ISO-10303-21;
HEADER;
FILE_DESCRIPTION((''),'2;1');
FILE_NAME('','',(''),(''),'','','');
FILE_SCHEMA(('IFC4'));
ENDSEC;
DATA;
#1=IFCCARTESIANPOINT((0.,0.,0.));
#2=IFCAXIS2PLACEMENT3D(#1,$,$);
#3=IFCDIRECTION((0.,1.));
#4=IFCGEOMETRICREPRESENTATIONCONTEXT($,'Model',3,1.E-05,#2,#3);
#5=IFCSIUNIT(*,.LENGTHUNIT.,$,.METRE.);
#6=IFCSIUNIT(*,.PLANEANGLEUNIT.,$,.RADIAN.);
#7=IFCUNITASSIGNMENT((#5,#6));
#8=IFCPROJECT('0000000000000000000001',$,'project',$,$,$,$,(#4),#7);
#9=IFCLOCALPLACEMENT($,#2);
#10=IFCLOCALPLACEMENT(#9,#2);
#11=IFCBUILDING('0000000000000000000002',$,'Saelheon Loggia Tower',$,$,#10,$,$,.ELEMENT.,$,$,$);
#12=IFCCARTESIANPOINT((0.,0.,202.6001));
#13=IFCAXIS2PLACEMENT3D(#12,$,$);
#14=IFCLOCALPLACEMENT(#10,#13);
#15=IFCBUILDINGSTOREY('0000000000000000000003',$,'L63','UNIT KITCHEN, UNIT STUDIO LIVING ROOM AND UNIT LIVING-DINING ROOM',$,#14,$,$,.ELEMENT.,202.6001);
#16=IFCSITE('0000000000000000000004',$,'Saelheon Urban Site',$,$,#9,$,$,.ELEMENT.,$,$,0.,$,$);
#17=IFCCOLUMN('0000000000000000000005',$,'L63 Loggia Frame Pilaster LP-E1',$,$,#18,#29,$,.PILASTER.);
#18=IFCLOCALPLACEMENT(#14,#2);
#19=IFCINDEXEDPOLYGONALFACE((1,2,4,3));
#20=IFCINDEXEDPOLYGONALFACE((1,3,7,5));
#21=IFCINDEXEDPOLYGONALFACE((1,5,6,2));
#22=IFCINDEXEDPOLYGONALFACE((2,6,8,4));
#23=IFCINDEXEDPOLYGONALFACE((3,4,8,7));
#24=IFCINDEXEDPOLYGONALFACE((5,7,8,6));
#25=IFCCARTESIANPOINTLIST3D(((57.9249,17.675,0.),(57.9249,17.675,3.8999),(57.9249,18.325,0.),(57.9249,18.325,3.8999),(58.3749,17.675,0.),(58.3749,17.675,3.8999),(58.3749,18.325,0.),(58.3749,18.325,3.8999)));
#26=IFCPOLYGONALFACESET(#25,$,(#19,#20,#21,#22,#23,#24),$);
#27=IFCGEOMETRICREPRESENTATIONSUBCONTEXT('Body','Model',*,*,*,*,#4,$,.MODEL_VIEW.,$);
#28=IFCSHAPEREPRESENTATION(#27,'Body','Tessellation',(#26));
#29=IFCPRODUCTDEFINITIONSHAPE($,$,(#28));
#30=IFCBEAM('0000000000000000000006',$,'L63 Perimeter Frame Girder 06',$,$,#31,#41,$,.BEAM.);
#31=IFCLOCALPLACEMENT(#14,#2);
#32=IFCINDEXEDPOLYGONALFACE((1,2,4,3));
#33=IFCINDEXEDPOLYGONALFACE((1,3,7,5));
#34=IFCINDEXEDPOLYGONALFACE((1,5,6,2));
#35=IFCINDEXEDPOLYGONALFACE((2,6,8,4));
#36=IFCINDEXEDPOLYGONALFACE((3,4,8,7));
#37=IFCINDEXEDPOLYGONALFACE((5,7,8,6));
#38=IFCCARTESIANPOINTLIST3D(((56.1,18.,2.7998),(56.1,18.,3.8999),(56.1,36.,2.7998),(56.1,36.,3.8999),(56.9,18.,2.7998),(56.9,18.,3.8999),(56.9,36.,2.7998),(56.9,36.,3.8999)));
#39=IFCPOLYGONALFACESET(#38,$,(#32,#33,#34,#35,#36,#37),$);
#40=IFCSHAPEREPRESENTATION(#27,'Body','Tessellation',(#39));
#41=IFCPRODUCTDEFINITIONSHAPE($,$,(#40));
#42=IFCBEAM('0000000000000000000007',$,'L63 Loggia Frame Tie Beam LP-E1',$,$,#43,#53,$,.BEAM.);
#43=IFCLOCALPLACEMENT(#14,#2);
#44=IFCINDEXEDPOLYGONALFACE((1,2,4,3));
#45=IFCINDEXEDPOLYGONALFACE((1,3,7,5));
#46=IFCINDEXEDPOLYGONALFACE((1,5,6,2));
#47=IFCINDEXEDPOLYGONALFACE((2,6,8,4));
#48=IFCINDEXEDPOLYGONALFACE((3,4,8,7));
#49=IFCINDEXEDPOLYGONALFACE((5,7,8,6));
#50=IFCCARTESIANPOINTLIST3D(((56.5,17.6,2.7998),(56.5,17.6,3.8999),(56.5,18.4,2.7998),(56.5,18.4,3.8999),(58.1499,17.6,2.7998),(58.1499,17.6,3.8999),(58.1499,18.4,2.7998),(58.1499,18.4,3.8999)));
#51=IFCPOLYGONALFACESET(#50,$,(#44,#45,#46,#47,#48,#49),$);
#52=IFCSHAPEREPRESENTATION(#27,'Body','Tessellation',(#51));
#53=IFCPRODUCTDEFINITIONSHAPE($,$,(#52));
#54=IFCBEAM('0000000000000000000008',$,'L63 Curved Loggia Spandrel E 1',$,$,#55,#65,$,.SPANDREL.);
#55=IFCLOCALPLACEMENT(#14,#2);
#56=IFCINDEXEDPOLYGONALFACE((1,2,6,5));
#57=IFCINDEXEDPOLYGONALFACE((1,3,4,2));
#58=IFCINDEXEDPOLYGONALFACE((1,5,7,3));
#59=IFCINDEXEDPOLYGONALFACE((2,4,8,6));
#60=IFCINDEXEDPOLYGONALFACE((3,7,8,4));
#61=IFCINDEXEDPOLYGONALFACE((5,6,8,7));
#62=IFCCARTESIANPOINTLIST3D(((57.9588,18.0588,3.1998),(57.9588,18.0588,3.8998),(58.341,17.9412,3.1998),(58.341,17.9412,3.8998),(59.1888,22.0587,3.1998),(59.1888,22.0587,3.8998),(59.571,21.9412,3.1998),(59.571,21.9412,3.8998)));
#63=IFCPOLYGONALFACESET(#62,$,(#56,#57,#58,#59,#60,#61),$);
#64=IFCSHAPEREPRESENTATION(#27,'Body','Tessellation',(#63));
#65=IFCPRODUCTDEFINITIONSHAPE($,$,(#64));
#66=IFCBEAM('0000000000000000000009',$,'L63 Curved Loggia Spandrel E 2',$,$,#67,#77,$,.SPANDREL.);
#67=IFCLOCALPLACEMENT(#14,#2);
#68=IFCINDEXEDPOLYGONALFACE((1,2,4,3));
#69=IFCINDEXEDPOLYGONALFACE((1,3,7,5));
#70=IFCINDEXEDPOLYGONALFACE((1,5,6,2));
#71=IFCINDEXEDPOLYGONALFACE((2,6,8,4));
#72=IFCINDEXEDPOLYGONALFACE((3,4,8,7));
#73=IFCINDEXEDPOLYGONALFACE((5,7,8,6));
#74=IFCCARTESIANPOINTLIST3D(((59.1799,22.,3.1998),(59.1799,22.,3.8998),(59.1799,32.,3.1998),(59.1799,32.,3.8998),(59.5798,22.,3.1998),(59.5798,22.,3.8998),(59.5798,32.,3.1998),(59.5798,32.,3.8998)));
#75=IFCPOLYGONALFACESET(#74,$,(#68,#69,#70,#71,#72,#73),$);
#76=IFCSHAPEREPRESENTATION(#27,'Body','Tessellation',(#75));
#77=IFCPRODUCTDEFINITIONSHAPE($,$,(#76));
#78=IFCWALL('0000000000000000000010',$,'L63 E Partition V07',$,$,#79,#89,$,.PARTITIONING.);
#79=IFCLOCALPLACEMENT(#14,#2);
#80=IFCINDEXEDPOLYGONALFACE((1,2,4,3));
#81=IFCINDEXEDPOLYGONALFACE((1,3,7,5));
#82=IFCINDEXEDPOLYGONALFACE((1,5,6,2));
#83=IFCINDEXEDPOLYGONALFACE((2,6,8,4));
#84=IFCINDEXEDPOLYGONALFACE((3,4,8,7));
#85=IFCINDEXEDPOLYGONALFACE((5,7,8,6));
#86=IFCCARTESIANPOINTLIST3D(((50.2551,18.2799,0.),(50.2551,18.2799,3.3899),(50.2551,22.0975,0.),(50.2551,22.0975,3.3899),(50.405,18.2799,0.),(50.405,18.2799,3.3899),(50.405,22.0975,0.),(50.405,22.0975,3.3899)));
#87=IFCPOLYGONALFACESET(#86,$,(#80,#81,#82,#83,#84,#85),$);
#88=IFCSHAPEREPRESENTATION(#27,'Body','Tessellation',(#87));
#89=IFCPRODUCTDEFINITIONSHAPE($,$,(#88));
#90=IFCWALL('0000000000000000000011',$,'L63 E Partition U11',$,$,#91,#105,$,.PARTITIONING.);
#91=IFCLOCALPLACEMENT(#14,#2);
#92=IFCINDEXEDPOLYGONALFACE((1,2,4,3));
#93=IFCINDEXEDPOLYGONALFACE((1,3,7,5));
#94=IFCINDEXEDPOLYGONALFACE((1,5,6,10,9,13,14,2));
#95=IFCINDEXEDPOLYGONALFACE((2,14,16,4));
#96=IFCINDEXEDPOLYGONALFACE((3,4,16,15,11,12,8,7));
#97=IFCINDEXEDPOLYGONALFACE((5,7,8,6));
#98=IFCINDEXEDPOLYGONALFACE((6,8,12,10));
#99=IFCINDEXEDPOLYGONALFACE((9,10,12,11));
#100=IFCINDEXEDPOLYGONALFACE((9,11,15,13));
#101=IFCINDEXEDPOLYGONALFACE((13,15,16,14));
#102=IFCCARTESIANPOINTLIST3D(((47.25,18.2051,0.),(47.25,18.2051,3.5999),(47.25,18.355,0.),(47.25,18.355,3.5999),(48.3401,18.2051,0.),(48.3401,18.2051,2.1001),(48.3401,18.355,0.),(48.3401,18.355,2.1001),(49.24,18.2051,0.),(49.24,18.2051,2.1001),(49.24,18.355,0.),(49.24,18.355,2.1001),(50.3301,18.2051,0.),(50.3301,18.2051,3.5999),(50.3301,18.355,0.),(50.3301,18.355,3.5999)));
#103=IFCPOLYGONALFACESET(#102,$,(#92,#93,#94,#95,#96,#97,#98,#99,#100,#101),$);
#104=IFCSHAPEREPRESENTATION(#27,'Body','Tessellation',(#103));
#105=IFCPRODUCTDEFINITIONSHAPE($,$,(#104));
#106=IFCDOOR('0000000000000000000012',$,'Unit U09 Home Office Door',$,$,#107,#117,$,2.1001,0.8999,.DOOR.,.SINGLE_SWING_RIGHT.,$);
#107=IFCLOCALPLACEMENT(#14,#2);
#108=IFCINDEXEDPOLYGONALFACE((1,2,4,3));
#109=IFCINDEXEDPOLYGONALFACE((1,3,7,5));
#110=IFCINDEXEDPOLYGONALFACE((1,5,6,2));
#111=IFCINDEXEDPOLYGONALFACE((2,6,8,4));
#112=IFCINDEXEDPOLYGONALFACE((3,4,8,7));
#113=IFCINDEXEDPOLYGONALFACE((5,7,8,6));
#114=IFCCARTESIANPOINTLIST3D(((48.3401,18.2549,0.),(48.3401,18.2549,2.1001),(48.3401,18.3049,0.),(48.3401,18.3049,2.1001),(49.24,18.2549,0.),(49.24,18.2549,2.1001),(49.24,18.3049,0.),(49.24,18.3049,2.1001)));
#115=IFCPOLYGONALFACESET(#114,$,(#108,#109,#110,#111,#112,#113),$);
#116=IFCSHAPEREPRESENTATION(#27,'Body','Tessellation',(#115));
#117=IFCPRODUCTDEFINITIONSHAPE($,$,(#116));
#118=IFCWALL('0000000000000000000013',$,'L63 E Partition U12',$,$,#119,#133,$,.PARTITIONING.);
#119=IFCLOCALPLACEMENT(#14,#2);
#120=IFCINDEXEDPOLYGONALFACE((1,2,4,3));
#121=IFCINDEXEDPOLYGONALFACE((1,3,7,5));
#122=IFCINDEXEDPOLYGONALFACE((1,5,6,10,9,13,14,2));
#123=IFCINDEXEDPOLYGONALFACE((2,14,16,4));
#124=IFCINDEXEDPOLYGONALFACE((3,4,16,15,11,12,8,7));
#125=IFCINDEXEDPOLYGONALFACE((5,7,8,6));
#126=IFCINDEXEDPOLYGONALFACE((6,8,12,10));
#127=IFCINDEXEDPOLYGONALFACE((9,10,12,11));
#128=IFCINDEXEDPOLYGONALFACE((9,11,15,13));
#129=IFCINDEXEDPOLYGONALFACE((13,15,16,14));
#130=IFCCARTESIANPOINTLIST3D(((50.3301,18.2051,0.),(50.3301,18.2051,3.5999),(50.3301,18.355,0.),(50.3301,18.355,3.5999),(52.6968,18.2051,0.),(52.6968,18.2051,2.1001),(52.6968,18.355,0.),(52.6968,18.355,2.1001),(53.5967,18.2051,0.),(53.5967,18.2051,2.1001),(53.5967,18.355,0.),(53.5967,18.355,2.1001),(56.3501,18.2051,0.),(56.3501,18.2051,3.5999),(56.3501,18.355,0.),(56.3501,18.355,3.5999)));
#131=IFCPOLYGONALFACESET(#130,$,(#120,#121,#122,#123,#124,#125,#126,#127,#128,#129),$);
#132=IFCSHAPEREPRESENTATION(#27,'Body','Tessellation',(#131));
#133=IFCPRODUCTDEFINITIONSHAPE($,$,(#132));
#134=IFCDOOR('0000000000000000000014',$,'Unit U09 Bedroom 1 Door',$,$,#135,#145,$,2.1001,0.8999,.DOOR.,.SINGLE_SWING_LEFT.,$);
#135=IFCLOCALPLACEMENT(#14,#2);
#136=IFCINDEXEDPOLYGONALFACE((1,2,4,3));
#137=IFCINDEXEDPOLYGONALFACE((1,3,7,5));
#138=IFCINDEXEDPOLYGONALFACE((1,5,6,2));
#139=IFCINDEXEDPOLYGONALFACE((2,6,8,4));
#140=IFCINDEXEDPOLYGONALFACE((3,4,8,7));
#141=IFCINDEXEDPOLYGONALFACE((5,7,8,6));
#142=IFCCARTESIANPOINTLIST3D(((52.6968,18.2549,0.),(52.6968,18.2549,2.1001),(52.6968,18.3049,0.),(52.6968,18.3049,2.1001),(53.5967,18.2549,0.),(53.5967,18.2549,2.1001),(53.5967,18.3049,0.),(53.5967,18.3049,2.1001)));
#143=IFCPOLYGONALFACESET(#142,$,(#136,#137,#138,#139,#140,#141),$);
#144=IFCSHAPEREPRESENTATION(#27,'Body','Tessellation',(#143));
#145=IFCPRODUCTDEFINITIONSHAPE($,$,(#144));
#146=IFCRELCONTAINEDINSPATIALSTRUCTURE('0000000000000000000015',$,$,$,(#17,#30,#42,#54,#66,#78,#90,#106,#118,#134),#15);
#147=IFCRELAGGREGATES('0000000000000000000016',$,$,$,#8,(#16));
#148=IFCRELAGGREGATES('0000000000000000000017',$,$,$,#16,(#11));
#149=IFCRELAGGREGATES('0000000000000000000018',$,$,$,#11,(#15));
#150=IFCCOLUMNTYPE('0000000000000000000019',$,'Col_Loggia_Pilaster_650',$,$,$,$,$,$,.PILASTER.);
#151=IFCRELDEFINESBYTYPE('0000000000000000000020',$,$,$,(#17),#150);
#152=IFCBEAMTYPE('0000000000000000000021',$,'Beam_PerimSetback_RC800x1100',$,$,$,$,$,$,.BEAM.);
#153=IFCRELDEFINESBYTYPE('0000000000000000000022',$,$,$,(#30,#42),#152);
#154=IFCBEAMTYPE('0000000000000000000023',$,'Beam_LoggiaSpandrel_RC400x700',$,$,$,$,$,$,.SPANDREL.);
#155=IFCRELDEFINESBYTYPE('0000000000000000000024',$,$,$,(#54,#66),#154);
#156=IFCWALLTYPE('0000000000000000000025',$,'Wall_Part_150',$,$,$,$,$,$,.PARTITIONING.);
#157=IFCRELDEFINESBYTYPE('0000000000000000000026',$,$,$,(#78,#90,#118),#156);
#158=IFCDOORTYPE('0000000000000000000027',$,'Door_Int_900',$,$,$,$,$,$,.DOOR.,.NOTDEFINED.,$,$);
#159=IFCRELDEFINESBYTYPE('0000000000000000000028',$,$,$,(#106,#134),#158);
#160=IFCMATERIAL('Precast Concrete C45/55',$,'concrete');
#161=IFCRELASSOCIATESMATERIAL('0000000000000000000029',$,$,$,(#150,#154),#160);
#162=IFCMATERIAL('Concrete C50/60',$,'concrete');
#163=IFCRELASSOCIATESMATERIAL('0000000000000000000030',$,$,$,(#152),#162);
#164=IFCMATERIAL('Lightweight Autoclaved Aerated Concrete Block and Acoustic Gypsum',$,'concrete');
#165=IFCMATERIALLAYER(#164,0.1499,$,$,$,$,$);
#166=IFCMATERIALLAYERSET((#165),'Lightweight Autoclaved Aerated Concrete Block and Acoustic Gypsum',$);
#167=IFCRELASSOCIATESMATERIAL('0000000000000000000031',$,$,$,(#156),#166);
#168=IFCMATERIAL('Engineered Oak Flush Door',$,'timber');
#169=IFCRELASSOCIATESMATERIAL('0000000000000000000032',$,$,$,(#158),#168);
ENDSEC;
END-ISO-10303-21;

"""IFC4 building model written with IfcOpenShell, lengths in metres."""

from ifc_helpers import new_model, si_unit, direction, frame, frame_2d, origin, origin_2d, place, context, subcontext, project, spatial, rectangle, extrude, source, transform, mapped, material, layer, layer_set, material_profile, profile_set, type_object, element, fill, save


model = new_model("IFC4")

# Units and contexts
model_context = context("Model", 3, precision=1e-05, world=origin(), true_north=direction((0.0, 1.0)))
body_context = subcontext(model_context, "Body", "Model", "MODEL_VIEW")
ifc_project = project(units=[si_unit("LENGTHUNIT", "METRE"), si_unit("PLANEANGLEUNIT", "RADIAN")], contexts=[model_context])

# Site, building, storey
site_placement = place(None, origin())
site = spatial("IfcSite", under=ifc_project, at=site_placement, Name="Saelheon Urban Site", CompositionType="ELEMENT", RefElevation=0.0)
building_placement = place(site_placement, origin())
building = spatial("IfcBuilding", under=site, at=building_placement, Name="Saelheon Loggia Tower", CompositionType="ELEMENT")
storey_placement = place(building_placement, frame((0.0, 0.0, 202.6001)))
storey = spatial("IfcBuildingStorey", under=building, at=storey_placement, Name="L63", Description="UNIT KITCHEN, UNIT STUDIO LIVING ROOM AND UNIT LIVING-DINING ROOM", CompositionType="ELEMENT", Elevation=202.6001)

# Column
ifc_material_1 = material(Name="Precast Concrete C45/55", Category="concrete")
ifc_material_profile_1 = material_profile(ifc_material_1, rectangle(XDim=0.45, YDim=0.6499, at=origin_2d()), Name="RC-450x650")
ifc_profile_set_1 = profile_set([ifc_material_profile_1], Name="Precast Concrete C45/55")
column_type = type_object("IfcColumnType", Name="Col_Loggia_Pilaster_650", PredefinedType="PILASTER", material=ifc_profile_set_1)
shared_shape_1 = source(origin(), body_context, "Body", "SweptSolid", [
    extrude(rectangle(XDim=0.45, YDim=0.6499, at=origin_2d()), origin(), (0.0, 0.0, 1.0), 3.8999),
])
column_placement = place(storey_placement, frame((58.1499, 18.0, 0.0), z_axis=(0.0, 0.0, 1.0), x_axis=(1.0, 0.0, 0.0)))
element("IfcColumn", 1, at=column_placement, inside=storey, type_object=column_type, Name="L63 Loggia Frame Pilaster LP-E1", PredefinedType="PILASTER", context=body_context, shape_type="MappedRepresentation", body=[
    mapped(shared_shape_1, transform((0.0, 0.0, 0.0), scale=1.0)),
])

# Beams
ifc_material_2 = material(Name="Concrete C50/60", Category="concrete")
ifc_material_profile_2 = material_profile(ifc_material_2, rectangle(XDim=0.8, YDim=1.1001, at=origin_2d()), Name="RC-800x1100")
ifc_profile_set_2 = profile_set([ifc_material_profile_2], Name="Concrete C50/60")
beam_type_1 = type_object("IfcBeamType", Name="Beam_PerimSetback_RC800x1100", PredefinedType="BEAM", material=ifc_profile_set_2)
shared_shape_2 = source(origin(), body_context, "Body", "SweptSolid", [
    extrude(rectangle(XDim=0.8, YDim=1.1001, at=origin_2d()), origin(), (0.0, 0.0, 1.0), 18.0),
])
beam_1_placement = place(storey_placement, frame((56.5, 18.0, 3.3499), z_axis=(0.0, 1.0, 0.0), x_axis=(-1.0, 0.0, 0.0)))
element("IfcBeam", 2, at=beam_1_placement, inside=storey, type_object=beam_type_1, Name="L63 Perimeter Frame Girder 06", PredefinedType="BEAM", context=body_context, shape_type="MappedRepresentation", body=[
    mapped(shared_shape_2, transform((0.0, 0.0, 0.0), scale=1.0)),
])
shared_shape_3 = source(origin(), body_context, "Body", "SweptSolid", [
    extrude(rectangle(XDim=0.8, YDim=1.1001, at=origin_2d()), origin(), (0.0, 0.0, 1.0), 1.6499),
])
beam_2_placement = place(storey_placement, frame((56.5, 18.0, 3.3499), z_axis=(1.0, 0.0, 0.0), x_axis=(0.0, 1.0, 0.0)))
element("IfcBeam", 3, at=beam_2_placement, inside=storey, type_object=beam_type_1, Name="L63 Loggia Frame Tie Beam LP-E1", PredefinedType="BEAM", context=body_context, shape_type="MappedRepresentation", body=[
    mapped(shared_shape_3, transform((0.0, 0.0, 0.0), scale=1.0)),
])
ifc_material_profile_3 = material_profile(ifc_material_1, rectangle(XDim=0.3999, YDim=0.7, at=origin_2d()), Name="RC-400x700")
ifc_profile_set_3 = profile_set([ifc_material_profile_3], Name="Precast Concrete C45/55")
beam_type_2 = type_object("IfcBeamType", Name="Beam_LoggiaSpandrel_RC400x700", PredefinedType="SPANDREL", material=ifc_profile_set_3)
shared_shape_4 = source(origin(), body_context, "Body", "SweptSolid", [
    extrude(rectangle(XDim=0.3999, YDim=0.7, at=origin_2d()), origin(), (0.0, 0.0, 1.0), 4.1848),
])
beam_3_placement = place(storey_placement, frame((58.1499, 18.0, 3.5498), z_axis=(0.293914, 0.955832, 0.0), x_axis=(-0.955832, 0.293914, 0.0)))
element("IfcBeam", 4, at=beam_3_placement, inside=storey, type_object=beam_type_2, Name="L63 Curved Loggia Spandrel E 1", PredefinedType="SPANDREL", context=body_context, shape_type="MappedRepresentation", body=[
    mapped(shared_shape_4, transform((0.0, 0.0, 0.0), scale=1.0)),
])
shared_shape_5 = source(origin(), body_context, "Body", "SweptSolid", [
    extrude(rectangle(XDim=0.3999, YDim=0.7, at=origin_2d()), origin(), (0.0, 0.0, 1.0), 10.0),
])
beam_4_placement = place(storey_placement, frame((59.3799, 22.0, 3.5498), z_axis=(0.0, 1.0, 0.0), x_axis=(-1.0, 0.0, 0.0)))
element("IfcBeam", 5, at=beam_4_placement, inside=storey, type_object=beam_type_2, Name="L63 Curved Loggia Spandrel E 2", PredefinedType="SPANDREL", context=body_context, shape_type="MappedRepresentation", body=[
    mapped(shared_shape_5, transform((0.0, 0.0, 0.0), scale=1.0)),
])

# Wall
ifc_material_3 = material(Name="Lightweight Autoclaved Aerated Concrete Block and Acoustic Gypsum", Category="concrete")
ifc_layer_1 = layer(ifc_material_3, 0.1499)
ifc_layer_set_1 = layer_set([ifc_layer_1], Name="Lightweight Autoclaved Aerated Concrete Block and Acoustic Gypsum")
wall_type_1 = type_object("IfcWallType", Name="Wall_Part_150", PredefinedType="PARTITIONING", material=ifc_layer_set_1)
wall_1_placement = place(storey_placement, frame((50.3301, 18.28, 0.0), z_axis=(0.0, 0.0, 1.0), x_axis=(0.0, 1.0, 0.0)))
element("IfcWall", 6, at=wall_1_placement, inside=storey, type_object=wall_type_1, Name="L63 E Partition V07", PredefinedType="PARTITIONING", context=body_context, shape_type="SweptSolid", body=[
    extrude(rectangle(XDim=3.8176, YDim=0.1499, at=frame_2d((1.9087, 0.0))), origin(), (0.0, 0.0, 1.0), 3.3899),
])

# Walls, openings, doors
wall_2_placement = place(storey_placement, frame((47.25, 18.28, 0.0), z_axis=(0.0, 0.0, 1.0), x_axis=(1.0, 0.0, 0.0)))
wall_2 = element("IfcWall", 7, at=wall_2_placement, inside=storey, type_object=wall_type_1, Name="L63 E Partition U11", PredefinedType="PARTITIONING", context=body_context, shape_type="SweptSolid", body=[
    extrude(rectangle(XDim=3.0801, YDim=0.1499, at=frame_2d((1.54, 0.0))), origin(), (0.0, 0.0, 1.0), 3.5999),
])
opening_1_placement = place(wall_2_placement, frame((1.0901, 0.0, 0.0)))
opening_1 = element("IfcOpeningElement", 8, at=opening_1_placement, cuts=wall_2, PredefinedType="OPENING", context=body_context, shape_type="SweptSolid", body=[
    extrude(rectangle(XDim=0.8999, YDim=2.1001, at=frame_2d((0.45, 1.05))), frame((0.0, 0.0869, 0.0), z_axis=(0.0, -1.0, 0.0), x_axis=(1.0, 0.0, 0.0)), (0.0, 0.0, 1.0), 0.1738),
])
ifc_material_4 = material(Name="Engineered Oak Flush Door", Category="timber")
door_type_1 = type_object("IfcDoorType", Name="Door_Int_900", OperationType="NOTDEFINED", PredefinedType="DOOR", material=ifc_material_4)
shared_shape_6 = source(origin(), body_context, "Body", "SweptSolid", [
    extrude(rectangle(XDim=0.8999, YDim=2.1001, at=frame_2d((0.45, 1.05))), frame((0.0, 0.0249, 0.0), z_axis=(0.0, -1.0, 0.0), x_axis=(1.0, 0.0, 0.0)), (0.0, 0.0, 1.0), 0.05),
])
door_1_placement = place(opening_1_placement, origin())
door_1 = element("IfcDoor", 9, at=door_1_placement, inside=storey, type_object=door_type_1, Name="Unit U09 Home Office Door", OperationType="SINGLE_SWING_RIGHT", OverallHeight=2.1001, OverallWidth=0.8999, PredefinedType="DOOR", context=body_context, shape_type="MappedRepresentation", body=[
    mapped(shared_shape_6, transform((0.0, 0.0, 0.0), scale=1.0)),
])
fill(opening_1, door_1)
wall_3_placement = place(storey_placement, frame((50.3301, 18.28, 0.0), z_axis=(0.0, 0.0, 1.0), x_axis=(1.0, 0.0, 0.0)))
wall_3 = element("IfcWall", 10, at=wall_3_placement, inside=storey, type_object=wall_type_1, Name="L63 E Partition U12", PredefinedType="PARTITIONING", context=body_context, shape_type="SweptSolid", body=[
    extrude(rectangle(XDim=6.02, YDim=0.1499, at=frame_2d((3.01, 0.0))), origin(), (0.0, 0.0, 1.0), 3.5999),
])
opening_2_placement = place(wall_3_placement, frame((2.3667, 0.0, 0.0)))
opening_2 = element("IfcOpeningElement", 11, at=opening_2_placement, cuts=wall_3, PredefinedType="OPENING", context=body_context, shape_type="SweptSolid", body=[
    extrude(rectangle(XDim=0.8999, YDim=2.1001, at=frame_2d((0.45, 1.05))), frame((0.0, 0.0869, 0.0), z_axis=(0.0, -1.0, 0.0), x_axis=(1.0, 0.0, 0.0)), (0.0, 0.0, 1.0), 0.1738),
])
door_2_placement = place(opening_2_placement, origin())
door_2 = element("IfcDoor", 12, at=door_2_placement, inside=storey, type_object=door_type_1, Name="Unit U09 Bedroom 1 Door", OperationType="SINGLE_SWING_LEFT", OverallHeight=2.1001, OverallWidth=0.8999, PredefinedType="DOOR", context=body_context, shape_type="MappedRepresentation", body=[
    mapped(shared_shape_6, transform((0.0, 0.0, 0.0), scale=1.0)),
])
fill(opening_2, door_2)

save(model, "model.ifc")
